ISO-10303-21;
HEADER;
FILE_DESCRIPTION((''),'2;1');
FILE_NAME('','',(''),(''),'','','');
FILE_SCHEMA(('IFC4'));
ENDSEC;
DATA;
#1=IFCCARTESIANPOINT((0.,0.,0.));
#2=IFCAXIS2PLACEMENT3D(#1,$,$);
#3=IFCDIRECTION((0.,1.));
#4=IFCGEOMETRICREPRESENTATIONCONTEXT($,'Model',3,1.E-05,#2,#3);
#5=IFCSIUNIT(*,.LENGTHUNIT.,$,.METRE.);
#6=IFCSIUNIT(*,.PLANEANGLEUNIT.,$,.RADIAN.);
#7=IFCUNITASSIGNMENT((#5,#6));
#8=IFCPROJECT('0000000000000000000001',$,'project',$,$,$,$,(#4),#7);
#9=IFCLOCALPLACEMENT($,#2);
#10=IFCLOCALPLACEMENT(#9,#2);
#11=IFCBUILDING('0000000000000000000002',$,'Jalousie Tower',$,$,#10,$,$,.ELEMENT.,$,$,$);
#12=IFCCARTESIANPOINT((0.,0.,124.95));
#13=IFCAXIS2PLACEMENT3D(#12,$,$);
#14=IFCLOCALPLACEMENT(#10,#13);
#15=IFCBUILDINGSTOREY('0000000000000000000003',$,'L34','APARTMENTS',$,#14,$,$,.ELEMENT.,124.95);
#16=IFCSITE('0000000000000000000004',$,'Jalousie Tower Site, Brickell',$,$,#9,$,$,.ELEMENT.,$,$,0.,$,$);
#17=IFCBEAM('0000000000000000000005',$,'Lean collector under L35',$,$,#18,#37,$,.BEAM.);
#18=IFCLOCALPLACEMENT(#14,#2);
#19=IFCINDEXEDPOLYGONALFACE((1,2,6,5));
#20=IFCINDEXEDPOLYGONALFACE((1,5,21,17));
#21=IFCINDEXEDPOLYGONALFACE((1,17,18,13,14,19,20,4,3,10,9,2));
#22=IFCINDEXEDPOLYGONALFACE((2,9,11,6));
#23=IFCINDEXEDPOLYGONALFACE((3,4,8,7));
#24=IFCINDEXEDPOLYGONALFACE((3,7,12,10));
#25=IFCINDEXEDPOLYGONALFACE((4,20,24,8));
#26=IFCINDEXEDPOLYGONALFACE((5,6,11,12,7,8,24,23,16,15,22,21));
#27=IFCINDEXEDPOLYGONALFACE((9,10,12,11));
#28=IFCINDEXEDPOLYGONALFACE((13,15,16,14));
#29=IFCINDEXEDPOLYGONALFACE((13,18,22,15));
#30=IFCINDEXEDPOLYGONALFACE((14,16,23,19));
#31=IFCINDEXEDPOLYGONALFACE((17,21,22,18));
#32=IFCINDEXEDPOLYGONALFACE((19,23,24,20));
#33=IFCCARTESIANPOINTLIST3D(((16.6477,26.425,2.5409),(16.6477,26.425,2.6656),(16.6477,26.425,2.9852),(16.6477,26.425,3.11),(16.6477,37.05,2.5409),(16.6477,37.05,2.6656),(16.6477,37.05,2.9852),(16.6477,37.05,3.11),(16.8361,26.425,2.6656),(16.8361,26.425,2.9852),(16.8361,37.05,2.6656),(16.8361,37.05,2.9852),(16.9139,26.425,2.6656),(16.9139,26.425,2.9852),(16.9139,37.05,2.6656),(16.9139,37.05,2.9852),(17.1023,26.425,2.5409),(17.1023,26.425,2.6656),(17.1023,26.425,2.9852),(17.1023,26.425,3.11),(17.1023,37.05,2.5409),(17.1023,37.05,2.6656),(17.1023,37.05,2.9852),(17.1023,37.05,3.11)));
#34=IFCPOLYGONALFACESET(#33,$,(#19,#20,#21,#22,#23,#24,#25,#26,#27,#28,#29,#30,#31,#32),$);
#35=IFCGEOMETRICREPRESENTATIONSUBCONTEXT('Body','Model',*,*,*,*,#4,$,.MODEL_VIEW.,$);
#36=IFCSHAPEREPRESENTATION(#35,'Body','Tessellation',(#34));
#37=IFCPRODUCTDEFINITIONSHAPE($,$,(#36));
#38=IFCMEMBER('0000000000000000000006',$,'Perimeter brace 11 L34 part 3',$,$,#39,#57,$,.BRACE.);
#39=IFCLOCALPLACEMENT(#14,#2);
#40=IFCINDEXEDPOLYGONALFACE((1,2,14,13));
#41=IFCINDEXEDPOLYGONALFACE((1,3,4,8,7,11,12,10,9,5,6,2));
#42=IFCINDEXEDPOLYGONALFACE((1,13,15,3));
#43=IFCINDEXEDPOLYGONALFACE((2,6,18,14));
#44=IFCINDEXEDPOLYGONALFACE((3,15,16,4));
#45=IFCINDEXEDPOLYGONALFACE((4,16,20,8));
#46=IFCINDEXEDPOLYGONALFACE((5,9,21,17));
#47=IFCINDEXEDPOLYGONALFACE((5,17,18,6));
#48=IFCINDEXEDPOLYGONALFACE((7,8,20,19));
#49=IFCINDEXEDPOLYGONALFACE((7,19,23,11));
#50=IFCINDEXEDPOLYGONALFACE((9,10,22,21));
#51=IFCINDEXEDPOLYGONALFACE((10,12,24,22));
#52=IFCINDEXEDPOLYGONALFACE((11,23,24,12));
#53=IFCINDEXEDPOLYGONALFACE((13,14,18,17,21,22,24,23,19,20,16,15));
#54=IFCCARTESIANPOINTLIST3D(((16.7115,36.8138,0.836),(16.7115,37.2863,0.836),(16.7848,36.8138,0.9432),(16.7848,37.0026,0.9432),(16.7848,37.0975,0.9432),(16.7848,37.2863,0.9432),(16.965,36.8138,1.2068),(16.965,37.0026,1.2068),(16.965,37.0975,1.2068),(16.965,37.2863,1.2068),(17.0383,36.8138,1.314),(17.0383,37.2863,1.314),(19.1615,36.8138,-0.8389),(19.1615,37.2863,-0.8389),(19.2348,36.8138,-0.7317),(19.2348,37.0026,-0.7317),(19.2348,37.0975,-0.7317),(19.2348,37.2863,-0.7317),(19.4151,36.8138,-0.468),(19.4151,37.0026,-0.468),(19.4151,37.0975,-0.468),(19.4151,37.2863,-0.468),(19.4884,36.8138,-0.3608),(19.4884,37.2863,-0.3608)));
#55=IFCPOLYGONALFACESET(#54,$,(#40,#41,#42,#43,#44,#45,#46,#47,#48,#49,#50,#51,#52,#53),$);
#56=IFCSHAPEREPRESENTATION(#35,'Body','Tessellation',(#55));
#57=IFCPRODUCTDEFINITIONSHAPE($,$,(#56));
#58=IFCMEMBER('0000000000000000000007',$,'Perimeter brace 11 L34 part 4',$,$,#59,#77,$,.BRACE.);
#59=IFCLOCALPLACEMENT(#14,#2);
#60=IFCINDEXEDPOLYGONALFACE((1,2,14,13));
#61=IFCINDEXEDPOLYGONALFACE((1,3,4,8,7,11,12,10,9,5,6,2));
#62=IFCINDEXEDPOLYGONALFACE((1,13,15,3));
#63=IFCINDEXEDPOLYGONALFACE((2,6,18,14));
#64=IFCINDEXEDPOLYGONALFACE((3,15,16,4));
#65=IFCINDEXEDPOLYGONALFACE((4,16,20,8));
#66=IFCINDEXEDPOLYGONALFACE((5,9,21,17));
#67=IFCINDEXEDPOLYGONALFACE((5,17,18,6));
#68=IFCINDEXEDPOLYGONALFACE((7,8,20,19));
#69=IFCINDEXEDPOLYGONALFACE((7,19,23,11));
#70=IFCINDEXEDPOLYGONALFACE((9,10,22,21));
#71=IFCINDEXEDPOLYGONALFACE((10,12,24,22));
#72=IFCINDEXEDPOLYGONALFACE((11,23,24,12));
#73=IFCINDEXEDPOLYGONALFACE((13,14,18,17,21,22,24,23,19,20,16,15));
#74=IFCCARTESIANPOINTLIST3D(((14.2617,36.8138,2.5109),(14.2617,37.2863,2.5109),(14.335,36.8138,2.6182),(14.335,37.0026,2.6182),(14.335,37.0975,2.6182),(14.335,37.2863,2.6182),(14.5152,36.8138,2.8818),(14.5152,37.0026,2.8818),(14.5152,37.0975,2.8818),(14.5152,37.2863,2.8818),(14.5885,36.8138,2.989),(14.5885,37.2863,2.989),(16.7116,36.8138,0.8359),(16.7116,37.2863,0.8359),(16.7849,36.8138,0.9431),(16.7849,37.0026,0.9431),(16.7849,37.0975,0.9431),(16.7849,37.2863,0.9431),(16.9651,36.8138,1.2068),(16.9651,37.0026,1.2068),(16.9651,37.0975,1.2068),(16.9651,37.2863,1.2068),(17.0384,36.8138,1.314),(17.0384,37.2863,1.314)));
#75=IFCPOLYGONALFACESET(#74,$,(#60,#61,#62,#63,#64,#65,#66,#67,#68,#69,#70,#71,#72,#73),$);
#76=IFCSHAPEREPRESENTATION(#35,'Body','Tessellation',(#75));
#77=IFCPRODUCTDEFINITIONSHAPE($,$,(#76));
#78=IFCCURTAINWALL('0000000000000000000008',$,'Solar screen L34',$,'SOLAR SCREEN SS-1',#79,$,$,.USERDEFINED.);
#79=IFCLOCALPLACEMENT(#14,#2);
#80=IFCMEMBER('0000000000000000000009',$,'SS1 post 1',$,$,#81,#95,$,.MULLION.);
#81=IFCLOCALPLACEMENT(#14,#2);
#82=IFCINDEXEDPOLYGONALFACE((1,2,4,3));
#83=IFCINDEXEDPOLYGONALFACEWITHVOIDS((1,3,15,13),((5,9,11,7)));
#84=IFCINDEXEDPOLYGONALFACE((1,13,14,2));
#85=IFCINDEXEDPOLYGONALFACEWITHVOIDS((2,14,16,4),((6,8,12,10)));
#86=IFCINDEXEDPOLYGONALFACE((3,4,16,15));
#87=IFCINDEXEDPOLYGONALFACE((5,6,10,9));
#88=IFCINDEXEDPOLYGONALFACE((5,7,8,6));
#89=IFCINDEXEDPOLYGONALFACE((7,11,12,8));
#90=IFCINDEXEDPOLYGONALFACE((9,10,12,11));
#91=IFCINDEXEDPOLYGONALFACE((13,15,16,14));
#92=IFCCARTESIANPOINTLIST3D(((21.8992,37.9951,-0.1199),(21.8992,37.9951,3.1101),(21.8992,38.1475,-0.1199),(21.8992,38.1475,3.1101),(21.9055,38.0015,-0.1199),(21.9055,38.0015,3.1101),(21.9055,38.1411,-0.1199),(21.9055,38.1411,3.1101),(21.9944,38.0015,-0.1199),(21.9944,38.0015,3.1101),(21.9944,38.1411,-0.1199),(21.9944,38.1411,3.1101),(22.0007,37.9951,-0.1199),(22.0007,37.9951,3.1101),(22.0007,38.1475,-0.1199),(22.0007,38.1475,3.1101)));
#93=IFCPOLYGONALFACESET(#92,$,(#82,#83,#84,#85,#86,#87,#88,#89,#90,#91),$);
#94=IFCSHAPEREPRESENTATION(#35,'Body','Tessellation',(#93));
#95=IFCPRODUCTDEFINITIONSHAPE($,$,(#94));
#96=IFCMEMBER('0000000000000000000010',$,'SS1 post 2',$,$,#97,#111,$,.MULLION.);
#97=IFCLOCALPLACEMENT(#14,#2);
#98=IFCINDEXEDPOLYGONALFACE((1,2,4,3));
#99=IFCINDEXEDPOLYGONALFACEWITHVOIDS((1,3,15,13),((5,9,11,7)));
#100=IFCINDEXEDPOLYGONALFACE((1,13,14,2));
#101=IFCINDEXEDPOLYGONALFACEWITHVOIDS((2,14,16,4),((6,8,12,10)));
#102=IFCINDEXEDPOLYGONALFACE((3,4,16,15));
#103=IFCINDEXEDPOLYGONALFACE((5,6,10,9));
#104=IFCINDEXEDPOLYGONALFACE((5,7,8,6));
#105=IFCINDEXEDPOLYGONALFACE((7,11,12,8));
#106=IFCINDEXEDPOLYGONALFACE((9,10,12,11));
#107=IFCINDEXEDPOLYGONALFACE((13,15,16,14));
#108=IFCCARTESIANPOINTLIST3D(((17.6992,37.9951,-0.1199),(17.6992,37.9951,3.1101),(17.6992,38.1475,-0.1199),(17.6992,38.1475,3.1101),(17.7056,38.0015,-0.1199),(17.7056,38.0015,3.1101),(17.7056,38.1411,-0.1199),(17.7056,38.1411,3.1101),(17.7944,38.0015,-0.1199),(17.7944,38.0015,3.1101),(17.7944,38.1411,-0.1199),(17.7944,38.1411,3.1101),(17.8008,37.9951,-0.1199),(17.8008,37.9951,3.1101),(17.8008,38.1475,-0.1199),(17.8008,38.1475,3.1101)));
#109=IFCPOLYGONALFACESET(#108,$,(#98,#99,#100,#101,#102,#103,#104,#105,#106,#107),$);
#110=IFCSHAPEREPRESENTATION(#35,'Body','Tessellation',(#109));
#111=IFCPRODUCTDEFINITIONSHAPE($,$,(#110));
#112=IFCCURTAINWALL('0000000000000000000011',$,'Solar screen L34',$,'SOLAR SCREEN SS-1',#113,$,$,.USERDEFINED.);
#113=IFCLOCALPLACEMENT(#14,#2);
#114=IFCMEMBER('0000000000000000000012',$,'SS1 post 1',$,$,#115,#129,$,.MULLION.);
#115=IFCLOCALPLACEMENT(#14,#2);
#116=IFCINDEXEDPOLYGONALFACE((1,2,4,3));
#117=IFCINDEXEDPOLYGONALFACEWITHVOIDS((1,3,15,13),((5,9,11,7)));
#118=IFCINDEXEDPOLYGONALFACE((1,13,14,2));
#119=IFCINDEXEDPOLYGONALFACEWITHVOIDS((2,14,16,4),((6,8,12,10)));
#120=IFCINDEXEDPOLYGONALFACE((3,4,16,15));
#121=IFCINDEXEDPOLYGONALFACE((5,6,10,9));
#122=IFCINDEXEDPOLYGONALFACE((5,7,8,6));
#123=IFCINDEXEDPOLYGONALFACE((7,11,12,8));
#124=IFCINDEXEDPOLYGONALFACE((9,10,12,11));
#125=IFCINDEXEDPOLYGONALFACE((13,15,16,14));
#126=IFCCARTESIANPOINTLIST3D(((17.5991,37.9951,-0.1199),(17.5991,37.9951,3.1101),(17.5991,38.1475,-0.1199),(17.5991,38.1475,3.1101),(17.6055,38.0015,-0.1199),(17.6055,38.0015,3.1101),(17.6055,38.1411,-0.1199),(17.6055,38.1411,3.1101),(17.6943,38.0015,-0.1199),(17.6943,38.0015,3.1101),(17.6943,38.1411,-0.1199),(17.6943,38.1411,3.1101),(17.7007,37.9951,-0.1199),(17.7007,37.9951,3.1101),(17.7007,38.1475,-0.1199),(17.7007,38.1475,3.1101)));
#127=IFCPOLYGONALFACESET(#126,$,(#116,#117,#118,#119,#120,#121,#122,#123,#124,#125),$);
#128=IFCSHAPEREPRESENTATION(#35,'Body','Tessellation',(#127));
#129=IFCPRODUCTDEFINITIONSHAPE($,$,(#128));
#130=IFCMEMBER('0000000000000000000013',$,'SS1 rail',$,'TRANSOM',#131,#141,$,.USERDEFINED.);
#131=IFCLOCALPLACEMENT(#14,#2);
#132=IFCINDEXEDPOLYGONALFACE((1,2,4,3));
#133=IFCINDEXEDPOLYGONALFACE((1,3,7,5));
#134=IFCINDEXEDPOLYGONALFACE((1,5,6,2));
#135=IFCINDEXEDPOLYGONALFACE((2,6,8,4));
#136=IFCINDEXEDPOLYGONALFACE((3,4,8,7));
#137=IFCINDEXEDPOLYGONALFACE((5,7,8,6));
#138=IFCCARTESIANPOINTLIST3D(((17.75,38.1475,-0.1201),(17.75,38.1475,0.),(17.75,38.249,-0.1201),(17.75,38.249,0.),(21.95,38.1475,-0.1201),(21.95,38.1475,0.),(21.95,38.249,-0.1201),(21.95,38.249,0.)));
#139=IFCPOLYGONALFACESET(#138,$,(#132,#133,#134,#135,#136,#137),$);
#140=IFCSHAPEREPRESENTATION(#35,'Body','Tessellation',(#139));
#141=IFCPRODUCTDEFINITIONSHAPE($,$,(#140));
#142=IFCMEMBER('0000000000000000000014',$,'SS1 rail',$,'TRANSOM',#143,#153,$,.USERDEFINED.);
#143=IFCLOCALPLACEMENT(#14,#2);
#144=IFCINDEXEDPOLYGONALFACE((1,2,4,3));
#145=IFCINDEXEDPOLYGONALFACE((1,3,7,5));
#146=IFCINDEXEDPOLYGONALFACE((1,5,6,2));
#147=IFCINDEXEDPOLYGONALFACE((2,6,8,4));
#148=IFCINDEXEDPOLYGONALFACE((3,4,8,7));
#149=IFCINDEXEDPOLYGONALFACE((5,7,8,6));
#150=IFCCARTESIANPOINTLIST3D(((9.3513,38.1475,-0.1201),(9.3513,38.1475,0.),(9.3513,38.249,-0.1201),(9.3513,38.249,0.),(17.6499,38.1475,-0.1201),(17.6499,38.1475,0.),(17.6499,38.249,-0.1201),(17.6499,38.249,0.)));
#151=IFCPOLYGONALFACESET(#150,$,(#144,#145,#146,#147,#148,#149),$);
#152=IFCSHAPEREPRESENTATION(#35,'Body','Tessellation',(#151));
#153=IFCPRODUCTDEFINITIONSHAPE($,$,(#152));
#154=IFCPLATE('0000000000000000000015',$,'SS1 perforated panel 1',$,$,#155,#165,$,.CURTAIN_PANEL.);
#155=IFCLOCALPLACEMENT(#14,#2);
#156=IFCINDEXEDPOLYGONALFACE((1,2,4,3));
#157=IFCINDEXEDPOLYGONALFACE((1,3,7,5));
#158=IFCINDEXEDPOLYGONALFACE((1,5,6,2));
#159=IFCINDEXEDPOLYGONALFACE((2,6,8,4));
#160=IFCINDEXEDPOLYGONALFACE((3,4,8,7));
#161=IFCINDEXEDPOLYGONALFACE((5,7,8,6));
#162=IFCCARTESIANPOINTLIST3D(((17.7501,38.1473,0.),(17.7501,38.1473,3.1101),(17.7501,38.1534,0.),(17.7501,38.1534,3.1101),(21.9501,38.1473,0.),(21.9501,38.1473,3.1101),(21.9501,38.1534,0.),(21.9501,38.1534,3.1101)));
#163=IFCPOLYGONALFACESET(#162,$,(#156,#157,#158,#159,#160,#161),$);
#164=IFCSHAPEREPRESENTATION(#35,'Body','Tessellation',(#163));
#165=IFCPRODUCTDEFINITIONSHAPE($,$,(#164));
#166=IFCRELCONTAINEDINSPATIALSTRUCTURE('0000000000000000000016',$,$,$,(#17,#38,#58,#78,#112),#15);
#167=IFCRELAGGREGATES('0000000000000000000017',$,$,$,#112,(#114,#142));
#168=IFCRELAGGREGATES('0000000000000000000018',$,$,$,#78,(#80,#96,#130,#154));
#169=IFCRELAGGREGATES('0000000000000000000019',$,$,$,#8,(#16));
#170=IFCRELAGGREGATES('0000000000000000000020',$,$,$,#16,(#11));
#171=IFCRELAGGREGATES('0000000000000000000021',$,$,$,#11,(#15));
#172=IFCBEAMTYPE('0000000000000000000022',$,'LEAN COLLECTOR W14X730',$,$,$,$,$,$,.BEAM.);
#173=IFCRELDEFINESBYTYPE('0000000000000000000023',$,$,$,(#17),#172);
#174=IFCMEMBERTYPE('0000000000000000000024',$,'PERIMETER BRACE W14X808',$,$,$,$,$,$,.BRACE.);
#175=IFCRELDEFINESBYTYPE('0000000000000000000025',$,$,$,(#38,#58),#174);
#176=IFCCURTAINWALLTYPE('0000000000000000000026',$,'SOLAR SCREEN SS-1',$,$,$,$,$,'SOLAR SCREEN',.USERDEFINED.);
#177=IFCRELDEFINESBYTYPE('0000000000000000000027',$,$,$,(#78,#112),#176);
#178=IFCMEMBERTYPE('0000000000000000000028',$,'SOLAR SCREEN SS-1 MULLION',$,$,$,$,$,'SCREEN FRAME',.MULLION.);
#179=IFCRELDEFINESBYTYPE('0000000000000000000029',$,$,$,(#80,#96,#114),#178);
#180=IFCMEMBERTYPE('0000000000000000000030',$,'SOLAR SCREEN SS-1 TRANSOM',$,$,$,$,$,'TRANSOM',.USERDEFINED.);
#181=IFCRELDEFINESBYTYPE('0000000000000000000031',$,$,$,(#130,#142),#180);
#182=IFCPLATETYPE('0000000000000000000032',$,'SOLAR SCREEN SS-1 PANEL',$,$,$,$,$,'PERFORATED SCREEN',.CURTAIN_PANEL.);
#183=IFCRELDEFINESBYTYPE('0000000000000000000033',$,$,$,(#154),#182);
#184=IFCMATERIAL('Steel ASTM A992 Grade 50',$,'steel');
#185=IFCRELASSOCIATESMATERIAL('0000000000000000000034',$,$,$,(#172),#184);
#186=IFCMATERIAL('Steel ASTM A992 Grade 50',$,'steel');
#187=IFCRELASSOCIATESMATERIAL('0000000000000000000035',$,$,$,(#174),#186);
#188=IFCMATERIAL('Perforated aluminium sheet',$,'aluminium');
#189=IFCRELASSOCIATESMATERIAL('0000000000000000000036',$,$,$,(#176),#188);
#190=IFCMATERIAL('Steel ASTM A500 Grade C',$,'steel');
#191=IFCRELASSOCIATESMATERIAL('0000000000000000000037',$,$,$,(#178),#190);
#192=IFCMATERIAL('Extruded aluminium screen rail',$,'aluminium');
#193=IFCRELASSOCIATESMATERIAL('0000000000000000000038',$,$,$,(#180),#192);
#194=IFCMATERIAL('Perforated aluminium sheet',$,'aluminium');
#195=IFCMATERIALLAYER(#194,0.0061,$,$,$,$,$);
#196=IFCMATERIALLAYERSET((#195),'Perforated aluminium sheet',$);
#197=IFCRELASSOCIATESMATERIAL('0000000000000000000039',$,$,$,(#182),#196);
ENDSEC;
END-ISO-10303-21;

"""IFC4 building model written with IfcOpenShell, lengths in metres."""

from ifc_helpers import new_model, si_unit, direction, frame, origin, origin_2d, place, context, subcontext, project, spatial, rectangle, hollow_rectangle, i_section, extrude, material, layer, layer_set, material_profile, profile_set, type_object, element, aggregate, save


model = new_model("IFC4")

# Units and contexts
model_context = context("Model", 3, precision=1e-05, world=origin(), true_north=direction((0.0, 1.0)))
body_context = subcontext(model_context, "Body", "Model", "MODEL_VIEW")
ifc_project = project(units=[si_unit("LENGTHUNIT", "METRE"), si_unit("PLANEANGLEUNIT", "RADIAN")], contexts=[model_context])

# Site, building, storey
site_placement = place(None, origin())
site = spatial("IfcSite", under=ifc_project, at=site_placement, Name="Jalousie Tower Site, Brickell", CompositionType="ELEMENT", RefElevation=0.0)
building_placement = place(site_placement, origin())
building = spatial("IfcBuilding", under=site, at=building_placement, Name="Jalousie Tower", CompositionType="ELEMENT")
storey_placement = place(building_placement, frame((0.0, 0.0, 124.95)))
storey = spatial("IfcBuildingStorey", under=building, at=storey_placement, Name="L34", Description="APARTMENTS", CompositionType="ELEMENT", Elevation=124.95)

# Beam
ifc_material_1 = material(Name="Steel ASTM A992 Grade 50", Category="steel")
ifc_material_profile_1 = material_profile(ifc_material_1, i_section(OverallWidth=0.4546, OverallDepth=0.5691, WebThickness=0.0779, FlangeThickness=0.1248, at=origin_2d()), Name="W14X730")
ifc_profile_set_1 = profile_set([ifc_material_profile_1], Name="Steel ASTM A992 Grade 50")
beam_type = type_object("IfcBeamType", Name="LEAN COLLECTOR W14X730", PredefinedType="BEAM", material=ifc_profile_set_1)
beam_placement = place(storey_placement, frame((16.875, 37.05, 2.8254), z_axis=(0.0, -1.0, 0.0), x_axis=(1.0, 0.0, 0.0)))
element("IfcBeam", 1, at=beam_placement, inside=storey, type_object=beam_type, Name="Lean collector under L35", PredefinedType="BEAM", context=body_context, shape_type="SweptSolid", body=[
    extrude(i_section(OverallWidth=0.4546, OverallDepth=0.5691, WebThickness=0.0779, FlangeThickness=0.1248, at=origin_2d()), origin(), (0.0, 0.0, 1.0), 10.625),
])

# Members
ifc_material_2 = material(Name="Steel ASTM A992 Grade 50", Category="steel")
ifc_material_profile_2 = material_profile(ifc_material_2, i_section(OverallWidth=0.4724, OverallDepth=0.5791, WebThickness=0.095, FlangeThickness=0.1299, at=origin_2d()), Name="W14X808")
ifc_profile_set_2 = profile_set([ifc_material_profile_2], Name="Steel ASTM A992 Grade 50")
member_type_1 = type_object("IfcMemberType", Name="PERIMETER BRACE W14X808", PredefinedType="BRACE", material=ifc_profile_set_2)
for number, where, z_axis, x_axis, name in (
    (2, (19.325, 37.05, -0.5999), (-0.825539, 0.0, 0.564345), (0.0, -1.0, 0.0), "Perimeter brace 11 L34 part 3"),
    (3, (16.875, 37.05, 1.075), (-0.825501, 0.0, 0.564401), (0.0, -1.0, 0.0), "Perimeter brace 11 L34 part 4"),
):
    element("IfcMember", number, at=place(storey_placement, frame(where, z_axis=z_axis, x_axis=x_axis)), inside=storey, type_object=member_type_1, Name=name, PredefinedType="BRACE", context=body_context, shape_type="SweptSolid", body=[
        extrude(i_section(OverallWidth=0.4724, OverallDepth=0.5791, WebThickness=0.095, FlangeThickness=0.1299, at=origin_2d()), origin(), (0.0, 0.0, 1.0), 2.9678),
    ])

# Curtain wall, members
ifc_material_3 = material(Name="Perforated aluminium sheet", Category="aluminium")
curtain_wall_type = type_object("IfcCurtainWallType", Name="SOLAR SCREEN SS-1", ElementType="SOLAR SCREEN", PredefinedType="USERDEFINED", material=ifc_material_3)
curtain_wall_1_placement = place(storey_placement, origin())
curtain_wall_1 = element("IfcCurtainWall", 4, at=curtain_wall_1_placement, inside=storey, type_object=curtain_wall_type, Name="Solar screen L34", ObjectType="SOLAR SCREEN SS-1", PredefinedType="USERDEFINED")
ifc_material_4 = material(Name="Steel ASTM A500 Grade C", Category="steel")
ifc_material_profile_3 = material_profile(ifc_material_4, hollow_rectangle(XDim=0.1016, YDim=0.1523, WallThickness=0.0063, at=origin_2d()), Name="HSS6X4X1/4")
ifc_profile_set_3 = profile_set([ifc_material_profile_3], Name="Steel ASTM A500 Grade C")
member_type_2 = type_object("IfcMemberType", Name="SOLAR SCREEN SS-1 MULLION", ElementType="SCREEN FRAME", PredefinedType="MULLION", material=ifc_profile_set_3)
member_1_placement = place(storey_placement, frame((21.95, 38.0713, -0.1199), z_axis=(0.0, 0.0, 1.0), x_axis=(-1.0, 0.0, 0.0)))
member_1 = element("IfcMember", 5, at=member_1_placement, type_object=member_type_2, Name="SS1 post 1", PredefinedType="MULLION", context=body_context, shape_type="SweptSolid", body=[
    extrude(hollow_rectangle(XDim=0.1016, YDim=0.1523, WallThickness=0.0063, at=origin_2d()), origin(), (0.0, 0.0, 1.0), 3.23),
])
member_2_placement = place(storey_placement, frame((17.75, 38.0713, -0.1199), z_axis=(0.0, 0.0, 1.0), x_axis=(-1.0, 0.0, 0.0)))
member_2 = element("IfcMember", 6, at=member_2_placement, type_object=member_type_2, Name="SS1 post 2", PredefinedType="MULLION", context=body_context, shape_type="SweptSolid", body=[
    extrude(hollow_rectangle(XDim=0.1016, YDim=0.1523, WallThickness=0.0063, at=origin_2d()), origin(), (0.0, 0.0, 1.0), 3.23),
])

# Curtain wall, member
curtain_wall_2_placement = place(storey_placement, origin())
curtain_wall_2 = element("IfcCurtainWall", 7, at=curtain_wall_2_placement, inside=storey, type_object=curtain_wall_type, Name="Solar screen L34", ObjectType="SOLAR SCREEN SS-1", PredefinedType="USERDEFINED")
member_3_placement = place(storey_placement, frame((17.6499, 38.0713, -0.1199), z_axis=(0.0, 0.0, 1.0), x_axis=(-1.0, 0.0, 0.0)))
member_3 = element("IfcMember", 8, at=member_3_placement, type_object=member_type_2, Name="SS1 post 1", PredefinedType="MULLION", context=body_context, shape_type="SweptSolid", body=[
    extrude(hollow_rectangle(XDim=0.1016, YDim=0.1523, WallThickness=0.0063, at=origin_2d()), origin(), (0.0, 0.0, 1.0), 3.23),
])

# Members
ifc_material_5 = material(Name="Extruded aluminium screen rail", Category="aluminium")
ifc_material_profile_4 = material_profile(ifc_material_5, rectangle(XDim=0.1016, YDim=0.1201, at=origin_2d()), Name="RAIL 102x120")
ifc_profile_set_4 = profile_set([ifc_material_profile_4], Name="Extruded aluminium screen rail")
member_type_3 = type_object("IfcMemberType", Name="SOLAR SCREEN SS-1 TRANSOM", ElementType="TRANSOM", PredefinedType="USERDEFINED", material=ifc_profile_set_4)
member_4_placement = place(storey_placement, frame((21.95, 38.1982, -0.0601), z_axis=(-1.0, 0.0, 0.0), x_axis=(0.0, -1.0, 0.0)))
member_4 = element("IfcMember", 9, at=member_4_placement, type_object=member_type_3, Name="SS1 rail", ObjectType="TRANSOM", PredefinedType="USERDEFINED", context=body_context, shape_type="SweptSolid", body=[
    extrude(rectangle(XDim=0.1016, YDim=0.1201, at=origin_2d()), origin(), (0.0, 0.0, 1.0), 4.2),
])
member_5_placement = place(storey_placement, frame((17.6499, 38.1982, -0.0601), z_axis=(-1.0, 0.0, 0.0), x_axis=(0.0, -1.0, 0.0)))
member_5 = element("IfcMember", 10, at=member_5_placement, type_object=member_type_3, Name="SS1 rail", ObjectType="TRANSOM", PredefinedType="USERDEFINED", context=body_context, shape_type="SweptSolid", body=[
    extrude(rectangle(XDim=0.1016, YDim=0.1201, at=origin_2d()), origin(), (0.0, 0.0, 1.0), 8.2986),
])
aggregate(curtain_wall_2, [member_3, member_5])

# Plate
ifc_material_6 = material(Name="Perforated aluminium sheet", Category="aluminium")
ifc_layer = layer(ifc_material_6, 0.0061)
ifc_layer_set = layer_set([ifc_layer], Name="Perforated aluminium sheet")
plate_type = type_object("IfcPlateType", Name="SOLAR SCREEN SS-1 PANEL", ElementType="PERFORATED SCREEN", PredefinedType="CURTAIN_PANEL", material=ifc_layer_set)
plate_placement = place(storey_placement, frame((19.8501, 38.1504, 0.0), z_axis=(0.0, 0.0, 1.0), x_axis=(-1.0, 0.0, 0.0)))
plate = element("IfcPlate", 11, at=plate_placement, type_object=plate_type, Name="SS1 perforated panel 1", PredefinedType="CURTAIN_PANEL", context=body_context, shape_type="SweptSolid", body=[
    extrude(rectangle(XDim=4.2, YDim=0.0061, at=origin_2d()), origin(), (0.0, 0.0, 1.0), 3.1101),
])
aggregate(curtain_wall_1, [member_1, member_2, member_4, plate])

save(model, "model.ifc")
